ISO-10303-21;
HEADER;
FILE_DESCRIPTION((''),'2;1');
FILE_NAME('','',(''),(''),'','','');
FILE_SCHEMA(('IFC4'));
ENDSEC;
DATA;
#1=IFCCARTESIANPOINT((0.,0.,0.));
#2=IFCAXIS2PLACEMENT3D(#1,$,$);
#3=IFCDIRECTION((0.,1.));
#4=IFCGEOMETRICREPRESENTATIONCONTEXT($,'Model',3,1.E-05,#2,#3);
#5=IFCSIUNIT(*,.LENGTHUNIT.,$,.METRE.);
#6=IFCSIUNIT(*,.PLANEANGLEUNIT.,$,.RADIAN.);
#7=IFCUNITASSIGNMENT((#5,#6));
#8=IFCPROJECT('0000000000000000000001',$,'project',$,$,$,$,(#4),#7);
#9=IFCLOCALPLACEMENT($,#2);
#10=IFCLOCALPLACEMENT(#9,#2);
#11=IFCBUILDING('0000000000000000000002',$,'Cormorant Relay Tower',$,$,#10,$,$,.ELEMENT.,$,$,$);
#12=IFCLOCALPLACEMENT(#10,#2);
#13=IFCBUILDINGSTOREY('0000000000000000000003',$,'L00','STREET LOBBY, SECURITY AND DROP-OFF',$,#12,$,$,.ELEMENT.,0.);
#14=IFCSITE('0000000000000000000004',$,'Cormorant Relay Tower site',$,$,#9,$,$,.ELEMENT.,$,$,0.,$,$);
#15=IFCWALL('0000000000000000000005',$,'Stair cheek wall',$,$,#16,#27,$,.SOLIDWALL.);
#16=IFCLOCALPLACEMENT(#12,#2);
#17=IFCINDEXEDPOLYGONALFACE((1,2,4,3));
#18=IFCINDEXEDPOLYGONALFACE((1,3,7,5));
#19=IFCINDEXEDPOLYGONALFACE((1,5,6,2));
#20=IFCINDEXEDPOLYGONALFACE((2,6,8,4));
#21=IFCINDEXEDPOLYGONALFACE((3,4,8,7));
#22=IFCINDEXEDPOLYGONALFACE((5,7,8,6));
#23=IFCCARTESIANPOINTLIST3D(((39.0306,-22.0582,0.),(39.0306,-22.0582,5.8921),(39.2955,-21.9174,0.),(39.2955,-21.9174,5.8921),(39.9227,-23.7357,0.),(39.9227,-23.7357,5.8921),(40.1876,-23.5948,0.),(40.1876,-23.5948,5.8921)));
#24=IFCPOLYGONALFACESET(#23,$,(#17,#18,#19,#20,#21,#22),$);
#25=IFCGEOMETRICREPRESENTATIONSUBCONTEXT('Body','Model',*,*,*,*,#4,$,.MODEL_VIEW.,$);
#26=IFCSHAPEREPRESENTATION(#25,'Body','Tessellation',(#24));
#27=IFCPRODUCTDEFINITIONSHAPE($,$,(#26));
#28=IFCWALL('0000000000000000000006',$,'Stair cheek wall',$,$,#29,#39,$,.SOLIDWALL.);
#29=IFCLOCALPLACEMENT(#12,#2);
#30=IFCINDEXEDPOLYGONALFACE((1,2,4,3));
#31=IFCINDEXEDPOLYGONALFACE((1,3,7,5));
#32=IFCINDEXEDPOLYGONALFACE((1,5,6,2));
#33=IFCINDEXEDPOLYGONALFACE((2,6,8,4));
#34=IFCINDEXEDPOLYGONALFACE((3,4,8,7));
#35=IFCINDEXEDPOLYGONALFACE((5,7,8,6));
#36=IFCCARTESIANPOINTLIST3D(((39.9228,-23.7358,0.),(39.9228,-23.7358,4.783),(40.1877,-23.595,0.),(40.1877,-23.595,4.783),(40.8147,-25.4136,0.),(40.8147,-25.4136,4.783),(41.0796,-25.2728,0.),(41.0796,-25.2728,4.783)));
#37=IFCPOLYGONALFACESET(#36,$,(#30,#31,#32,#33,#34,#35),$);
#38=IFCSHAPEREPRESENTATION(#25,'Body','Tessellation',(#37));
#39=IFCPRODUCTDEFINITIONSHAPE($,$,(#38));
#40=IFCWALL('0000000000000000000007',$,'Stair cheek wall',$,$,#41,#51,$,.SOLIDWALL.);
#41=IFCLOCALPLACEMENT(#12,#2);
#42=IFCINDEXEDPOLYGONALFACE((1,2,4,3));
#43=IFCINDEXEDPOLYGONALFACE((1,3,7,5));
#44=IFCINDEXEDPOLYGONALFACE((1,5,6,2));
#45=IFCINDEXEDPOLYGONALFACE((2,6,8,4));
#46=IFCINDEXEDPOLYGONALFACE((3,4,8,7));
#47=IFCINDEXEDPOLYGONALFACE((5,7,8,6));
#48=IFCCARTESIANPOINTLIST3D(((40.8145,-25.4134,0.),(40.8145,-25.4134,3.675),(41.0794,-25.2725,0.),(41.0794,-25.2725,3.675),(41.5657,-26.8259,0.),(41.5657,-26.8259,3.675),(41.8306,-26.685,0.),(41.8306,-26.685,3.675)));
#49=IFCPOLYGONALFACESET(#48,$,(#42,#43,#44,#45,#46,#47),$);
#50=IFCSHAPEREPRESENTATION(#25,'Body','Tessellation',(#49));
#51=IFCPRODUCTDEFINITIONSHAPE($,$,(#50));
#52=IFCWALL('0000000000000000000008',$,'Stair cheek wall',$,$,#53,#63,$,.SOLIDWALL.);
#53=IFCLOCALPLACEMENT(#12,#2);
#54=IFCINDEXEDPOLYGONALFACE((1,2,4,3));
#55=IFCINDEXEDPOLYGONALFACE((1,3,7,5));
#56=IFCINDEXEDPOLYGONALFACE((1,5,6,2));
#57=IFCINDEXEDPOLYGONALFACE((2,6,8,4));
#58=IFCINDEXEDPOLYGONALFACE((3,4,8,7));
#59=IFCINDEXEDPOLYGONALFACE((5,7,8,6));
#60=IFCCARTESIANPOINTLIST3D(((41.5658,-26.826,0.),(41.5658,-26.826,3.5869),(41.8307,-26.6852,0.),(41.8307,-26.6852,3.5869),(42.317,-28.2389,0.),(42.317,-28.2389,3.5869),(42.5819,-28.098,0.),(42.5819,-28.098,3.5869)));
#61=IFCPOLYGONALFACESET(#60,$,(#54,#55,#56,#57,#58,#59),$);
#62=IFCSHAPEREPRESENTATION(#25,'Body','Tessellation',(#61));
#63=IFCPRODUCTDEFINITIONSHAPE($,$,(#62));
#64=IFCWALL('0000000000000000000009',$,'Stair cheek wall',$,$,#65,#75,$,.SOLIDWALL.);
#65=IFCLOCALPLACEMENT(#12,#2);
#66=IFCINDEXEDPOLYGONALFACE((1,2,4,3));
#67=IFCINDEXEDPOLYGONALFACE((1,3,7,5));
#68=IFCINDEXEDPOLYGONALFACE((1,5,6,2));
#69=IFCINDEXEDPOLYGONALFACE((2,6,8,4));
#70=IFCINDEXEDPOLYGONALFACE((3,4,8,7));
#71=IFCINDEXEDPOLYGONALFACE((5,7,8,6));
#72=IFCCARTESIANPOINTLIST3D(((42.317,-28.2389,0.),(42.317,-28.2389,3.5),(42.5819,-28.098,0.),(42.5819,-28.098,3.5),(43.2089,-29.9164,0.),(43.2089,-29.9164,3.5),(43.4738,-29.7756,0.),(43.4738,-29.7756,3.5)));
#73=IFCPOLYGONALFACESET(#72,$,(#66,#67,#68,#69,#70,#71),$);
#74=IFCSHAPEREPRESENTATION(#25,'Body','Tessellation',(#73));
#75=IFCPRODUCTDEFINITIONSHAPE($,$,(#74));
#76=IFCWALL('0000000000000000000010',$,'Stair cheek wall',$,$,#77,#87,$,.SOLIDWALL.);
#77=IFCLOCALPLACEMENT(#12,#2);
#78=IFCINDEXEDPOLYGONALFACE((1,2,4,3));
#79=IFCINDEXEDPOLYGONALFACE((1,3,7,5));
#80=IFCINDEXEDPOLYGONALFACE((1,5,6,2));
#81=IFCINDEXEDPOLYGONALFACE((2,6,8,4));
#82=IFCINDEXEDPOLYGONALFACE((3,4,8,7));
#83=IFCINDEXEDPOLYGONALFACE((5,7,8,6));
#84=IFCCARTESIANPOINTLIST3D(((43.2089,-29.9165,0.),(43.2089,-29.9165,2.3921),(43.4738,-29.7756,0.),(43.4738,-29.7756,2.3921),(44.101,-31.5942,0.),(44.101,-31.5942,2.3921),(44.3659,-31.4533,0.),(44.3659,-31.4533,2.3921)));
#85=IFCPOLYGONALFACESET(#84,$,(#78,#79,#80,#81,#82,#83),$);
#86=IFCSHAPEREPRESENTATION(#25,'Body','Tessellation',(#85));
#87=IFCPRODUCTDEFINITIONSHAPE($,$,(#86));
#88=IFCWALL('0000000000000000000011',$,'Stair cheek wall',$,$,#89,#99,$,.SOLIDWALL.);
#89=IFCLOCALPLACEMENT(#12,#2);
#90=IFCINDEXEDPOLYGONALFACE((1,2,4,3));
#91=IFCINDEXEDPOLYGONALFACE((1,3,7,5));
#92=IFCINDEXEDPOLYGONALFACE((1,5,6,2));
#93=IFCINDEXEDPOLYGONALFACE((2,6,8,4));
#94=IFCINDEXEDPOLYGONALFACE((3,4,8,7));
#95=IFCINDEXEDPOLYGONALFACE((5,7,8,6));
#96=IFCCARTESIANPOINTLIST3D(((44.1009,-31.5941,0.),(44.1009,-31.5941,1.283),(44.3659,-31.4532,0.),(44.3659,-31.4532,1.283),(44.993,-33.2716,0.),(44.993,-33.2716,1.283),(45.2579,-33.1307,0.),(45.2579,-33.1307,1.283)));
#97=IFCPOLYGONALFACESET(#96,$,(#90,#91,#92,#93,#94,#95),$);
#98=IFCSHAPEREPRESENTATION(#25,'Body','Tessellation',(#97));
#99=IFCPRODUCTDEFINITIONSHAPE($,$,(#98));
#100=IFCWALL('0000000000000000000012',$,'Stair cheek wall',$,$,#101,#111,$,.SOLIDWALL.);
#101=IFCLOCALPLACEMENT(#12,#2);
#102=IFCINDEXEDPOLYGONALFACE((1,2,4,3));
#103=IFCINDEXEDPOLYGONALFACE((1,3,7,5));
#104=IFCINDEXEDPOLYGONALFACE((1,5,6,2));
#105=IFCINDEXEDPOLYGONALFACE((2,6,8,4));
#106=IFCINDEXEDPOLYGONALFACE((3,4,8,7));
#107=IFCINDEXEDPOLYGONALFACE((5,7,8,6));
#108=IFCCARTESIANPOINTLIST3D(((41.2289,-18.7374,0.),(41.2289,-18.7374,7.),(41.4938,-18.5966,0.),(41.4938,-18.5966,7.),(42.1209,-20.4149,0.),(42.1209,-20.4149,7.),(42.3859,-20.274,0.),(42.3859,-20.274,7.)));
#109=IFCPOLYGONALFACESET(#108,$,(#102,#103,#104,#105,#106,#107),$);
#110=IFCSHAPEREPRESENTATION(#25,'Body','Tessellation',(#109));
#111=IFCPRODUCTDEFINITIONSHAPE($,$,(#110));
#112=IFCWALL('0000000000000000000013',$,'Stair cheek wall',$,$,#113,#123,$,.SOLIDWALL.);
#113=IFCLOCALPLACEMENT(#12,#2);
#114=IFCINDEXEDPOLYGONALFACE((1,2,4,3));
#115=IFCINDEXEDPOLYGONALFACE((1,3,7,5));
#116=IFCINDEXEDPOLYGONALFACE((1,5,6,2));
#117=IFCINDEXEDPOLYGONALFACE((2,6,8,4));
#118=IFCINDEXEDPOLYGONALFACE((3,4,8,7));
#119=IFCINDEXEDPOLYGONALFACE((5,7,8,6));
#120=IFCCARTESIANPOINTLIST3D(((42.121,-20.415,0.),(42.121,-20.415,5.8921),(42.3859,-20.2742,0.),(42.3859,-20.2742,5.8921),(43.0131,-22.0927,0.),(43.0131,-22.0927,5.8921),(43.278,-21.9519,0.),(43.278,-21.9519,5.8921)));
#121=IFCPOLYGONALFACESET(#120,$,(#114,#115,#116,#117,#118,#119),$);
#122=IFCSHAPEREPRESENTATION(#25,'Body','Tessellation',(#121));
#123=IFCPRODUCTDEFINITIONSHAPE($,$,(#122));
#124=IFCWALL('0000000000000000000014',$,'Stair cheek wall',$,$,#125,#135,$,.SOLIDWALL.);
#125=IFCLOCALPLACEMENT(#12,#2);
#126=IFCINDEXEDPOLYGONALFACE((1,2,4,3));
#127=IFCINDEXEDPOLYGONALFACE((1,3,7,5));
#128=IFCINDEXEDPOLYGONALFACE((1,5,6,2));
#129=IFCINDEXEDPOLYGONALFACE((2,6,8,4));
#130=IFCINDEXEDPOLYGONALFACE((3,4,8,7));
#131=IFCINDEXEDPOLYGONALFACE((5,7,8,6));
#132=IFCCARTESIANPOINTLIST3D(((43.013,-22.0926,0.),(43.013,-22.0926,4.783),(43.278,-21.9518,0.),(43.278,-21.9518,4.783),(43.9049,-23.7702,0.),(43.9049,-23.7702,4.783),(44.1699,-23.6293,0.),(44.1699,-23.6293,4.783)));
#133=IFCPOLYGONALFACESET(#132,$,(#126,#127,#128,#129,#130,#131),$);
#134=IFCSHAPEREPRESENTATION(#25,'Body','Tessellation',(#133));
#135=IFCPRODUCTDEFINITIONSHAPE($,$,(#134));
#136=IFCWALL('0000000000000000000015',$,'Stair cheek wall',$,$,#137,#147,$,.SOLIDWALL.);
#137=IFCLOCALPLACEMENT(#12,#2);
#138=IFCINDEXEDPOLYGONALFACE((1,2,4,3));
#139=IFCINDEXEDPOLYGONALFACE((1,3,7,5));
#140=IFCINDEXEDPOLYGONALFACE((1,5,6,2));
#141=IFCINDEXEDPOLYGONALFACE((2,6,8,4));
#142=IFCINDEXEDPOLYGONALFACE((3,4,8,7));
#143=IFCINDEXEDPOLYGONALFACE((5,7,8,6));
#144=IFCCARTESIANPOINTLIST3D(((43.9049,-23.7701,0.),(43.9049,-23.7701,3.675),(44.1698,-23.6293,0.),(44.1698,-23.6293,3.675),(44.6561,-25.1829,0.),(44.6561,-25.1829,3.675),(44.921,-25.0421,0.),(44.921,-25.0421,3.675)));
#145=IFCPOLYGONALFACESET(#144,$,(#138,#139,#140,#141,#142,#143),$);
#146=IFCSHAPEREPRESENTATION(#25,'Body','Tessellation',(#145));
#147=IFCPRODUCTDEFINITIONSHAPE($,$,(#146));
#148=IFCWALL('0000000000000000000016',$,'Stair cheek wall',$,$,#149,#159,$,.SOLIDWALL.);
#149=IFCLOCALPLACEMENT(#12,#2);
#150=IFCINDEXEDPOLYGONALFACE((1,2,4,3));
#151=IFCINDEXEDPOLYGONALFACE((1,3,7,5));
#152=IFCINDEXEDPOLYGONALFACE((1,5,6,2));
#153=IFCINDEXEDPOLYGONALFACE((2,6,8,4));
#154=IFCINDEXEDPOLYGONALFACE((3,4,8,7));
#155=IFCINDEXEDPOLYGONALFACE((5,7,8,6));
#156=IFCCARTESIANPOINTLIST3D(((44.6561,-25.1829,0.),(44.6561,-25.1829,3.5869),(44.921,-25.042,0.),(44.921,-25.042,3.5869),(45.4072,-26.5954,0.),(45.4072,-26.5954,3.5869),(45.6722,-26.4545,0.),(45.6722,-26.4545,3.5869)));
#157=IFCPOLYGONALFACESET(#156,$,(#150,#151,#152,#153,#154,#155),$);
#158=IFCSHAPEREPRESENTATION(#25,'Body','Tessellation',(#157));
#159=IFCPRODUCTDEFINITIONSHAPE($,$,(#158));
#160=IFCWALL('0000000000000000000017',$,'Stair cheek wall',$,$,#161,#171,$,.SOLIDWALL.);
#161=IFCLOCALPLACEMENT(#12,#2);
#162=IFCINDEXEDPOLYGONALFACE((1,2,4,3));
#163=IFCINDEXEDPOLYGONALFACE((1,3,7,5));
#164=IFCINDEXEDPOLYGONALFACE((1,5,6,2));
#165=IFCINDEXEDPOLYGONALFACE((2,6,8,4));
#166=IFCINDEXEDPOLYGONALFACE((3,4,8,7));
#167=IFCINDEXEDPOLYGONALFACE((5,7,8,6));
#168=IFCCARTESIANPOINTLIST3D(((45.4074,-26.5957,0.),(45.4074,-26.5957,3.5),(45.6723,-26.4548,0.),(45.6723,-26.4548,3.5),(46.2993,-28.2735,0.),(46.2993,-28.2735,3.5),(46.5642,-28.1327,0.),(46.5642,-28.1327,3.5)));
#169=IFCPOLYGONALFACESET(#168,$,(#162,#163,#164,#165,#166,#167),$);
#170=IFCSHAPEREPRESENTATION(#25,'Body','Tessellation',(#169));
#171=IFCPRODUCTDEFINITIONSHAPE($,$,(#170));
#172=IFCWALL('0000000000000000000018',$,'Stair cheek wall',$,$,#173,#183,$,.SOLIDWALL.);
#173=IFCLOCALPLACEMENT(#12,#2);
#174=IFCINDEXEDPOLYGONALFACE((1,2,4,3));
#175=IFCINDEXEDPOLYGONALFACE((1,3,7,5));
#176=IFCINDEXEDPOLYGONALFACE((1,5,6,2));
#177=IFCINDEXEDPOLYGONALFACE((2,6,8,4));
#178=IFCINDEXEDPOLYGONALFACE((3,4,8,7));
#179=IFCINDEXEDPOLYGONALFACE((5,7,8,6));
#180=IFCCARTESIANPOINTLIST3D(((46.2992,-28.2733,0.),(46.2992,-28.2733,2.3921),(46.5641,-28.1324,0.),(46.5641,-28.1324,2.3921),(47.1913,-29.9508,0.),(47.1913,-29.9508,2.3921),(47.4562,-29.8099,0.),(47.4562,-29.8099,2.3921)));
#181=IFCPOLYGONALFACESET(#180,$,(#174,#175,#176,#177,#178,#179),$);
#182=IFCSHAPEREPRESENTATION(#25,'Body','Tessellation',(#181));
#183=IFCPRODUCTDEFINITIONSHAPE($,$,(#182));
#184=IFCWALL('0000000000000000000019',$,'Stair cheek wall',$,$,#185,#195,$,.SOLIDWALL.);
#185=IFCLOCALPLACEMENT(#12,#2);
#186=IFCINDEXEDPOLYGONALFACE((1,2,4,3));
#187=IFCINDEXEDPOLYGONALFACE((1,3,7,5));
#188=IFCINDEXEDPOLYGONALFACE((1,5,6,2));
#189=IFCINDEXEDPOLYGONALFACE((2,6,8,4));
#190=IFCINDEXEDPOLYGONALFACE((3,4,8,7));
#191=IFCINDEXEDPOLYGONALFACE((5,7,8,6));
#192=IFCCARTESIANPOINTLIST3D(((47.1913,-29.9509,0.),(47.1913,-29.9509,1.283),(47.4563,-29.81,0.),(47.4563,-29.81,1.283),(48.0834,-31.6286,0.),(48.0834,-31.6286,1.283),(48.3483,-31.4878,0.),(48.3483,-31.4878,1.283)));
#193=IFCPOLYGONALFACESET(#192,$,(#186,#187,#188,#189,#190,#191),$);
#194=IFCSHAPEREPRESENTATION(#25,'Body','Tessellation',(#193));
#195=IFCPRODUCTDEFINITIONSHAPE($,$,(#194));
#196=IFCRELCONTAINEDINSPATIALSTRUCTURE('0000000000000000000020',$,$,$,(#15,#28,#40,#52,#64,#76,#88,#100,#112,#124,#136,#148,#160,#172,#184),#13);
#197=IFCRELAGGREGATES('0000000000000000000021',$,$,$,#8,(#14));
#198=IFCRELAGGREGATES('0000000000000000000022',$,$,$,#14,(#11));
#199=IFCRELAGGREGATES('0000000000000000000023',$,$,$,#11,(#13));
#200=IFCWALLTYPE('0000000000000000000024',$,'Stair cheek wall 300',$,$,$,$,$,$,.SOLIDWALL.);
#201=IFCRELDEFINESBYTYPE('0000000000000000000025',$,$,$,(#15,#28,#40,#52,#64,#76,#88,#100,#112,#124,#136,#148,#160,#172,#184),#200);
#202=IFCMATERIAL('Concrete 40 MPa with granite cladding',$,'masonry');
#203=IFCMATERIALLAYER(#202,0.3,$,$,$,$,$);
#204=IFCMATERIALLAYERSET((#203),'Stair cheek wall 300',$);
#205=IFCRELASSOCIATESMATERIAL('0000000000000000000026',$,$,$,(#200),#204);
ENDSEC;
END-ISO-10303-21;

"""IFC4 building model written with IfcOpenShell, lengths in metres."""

from ifc_helpers import new_model, si_unit, direction, frame, frame_2d, origin, place, context, subcontext, project, spatial, rectangle, extrude, material, layer, layer_set, type_object, element, save


model = new_model("IFC4")

# Units and contexts
model_context = context("Model", 3, precision=1e-05, world=origin(), true_north=direction((0.0, 1.0)))
body_context = subcontext(model_context, "Body", "Model", "MODEL_VIEW")
ifc_project = project(units=[si_unit("LENGTHUNIT", "METRE"), si_unit("PLANEANGLEUNIT", "RADIAN")], contexts=[model_context])

# Site, building, storey
site_placement = place(None, origin())
site = spatial("IfcSite", under=ifc_project, at=site_placement, Name="Cormorant Relay Tower site", CompositionType="ELEMENT", RefElevation=0.0)
building_placement = place(site_placement, origin())
building = spatial("IfcBuilding", under=site, at=building_placement, Name="Cormorant Relay Tower", CompositionType="ELEMENT")
storey_placement = place(building_placement, origin())
storey = spatial("IfcBuildingStorey", under=building, at=storey_placement, Name="L00", Description="STREET LOBBY, SECURITY AND DROP-OFF", CompositionType="ELEMENT", Elevation=0.0)

# Walls
ifc_material_1 = material(Name="Concrete 40 MPa with granite cladding", Category="masonry")
ifc_layer_1 = layer(ifc_material_1, 0.3)
ifc_layer_set_1 = layer_set([ifc_layer_1], Name="Stair cheek wall 300")
wall_type_1 = type_object("IfcWallType", Name="Stair cheek wall 300", PredefinedType="SOLIDWALL", material=ifc_layer_set_1)
wall_1_placement = place(storey_placement, frame((39.1631, -21.9878, 0.0), z_axis=(0.0, 0.0, 1.0), x_axis=(0.469534, -0.882914, 0.0)))
element("IfcWall", 1, at=wall_1_placement, inside=storey, type_object=wall_type_1, Name="Stair cheek wall", PredefinedType="SOLIDWALL", context=body_context, shape_type="SweptSolid", body=[
    extrude(rectangle(XDim=1.8999, YDim=0.3, at=frame_2d((0.95, 0.0))), origin(), (0.0, 0.0, 1.0), 5.8921),
])
wall_2_placement = place(storey_placement, frame((40.0552, -23.6653, 0.0), z_axis=(0.0, 0.0, 1.0), x_axis=(0.469381, -0.882996, 0.0)))
element("IfcWall", 2, at=wall_2_placement, inside=storey, type_object=wall_type_1, Name="Stair cheek wall", PredefinedType="SOLIDWALL", context=body_context, shape_type="SweptSolid", body=[
    extrude(rectangle(XDim=1.9001, YDim=0.3, at=frame_2d((0.9502, 0.0))), origin(), (0.0, 0.0, 1.0), 4.783),
])
wall_3_placement = place(storey_placement, frame((40.947, -25.343, 0.0), z_axis=(0.0, 0.0, 1.0), x_axis=(0.469535, -0.882914, 0.0)))
element("IfcWall", 3, at=wall_3_placement, inside=storey, type_object=wall_type_1, Name="Stair cheek wall", PredefinedType="SOLIDWALL", context=body_context, shape_type="SweptSolid", body=[
    extrude(rectangle(XDim=1.5999, YDim=0.3, at=frame_2d((0.7998, 0.0))), origin(), (0.0, 0.0, 1.0), 3.675),
])
wall_4_placement = place(storey_placement, frame((41.6982, -26.7556, 0.0), z_axis=(0.0, 0.0, 1.0), x_axis=(0.469471, -0.882948, 0.0)))
element("IfcWall", 4, at=wall_4_placement, inside=storey, type_object=wall_type_1, Name="Stair cheek wall", PredefinedType="SOLIDWALL", context=body_context, shape_type="SweptSolid", body=[
    extrude(rectangle(XDim=1.6001, YDim=0.3, at=frame_2d((0.8, 0.0))), origin(), (0.0, 0.0, 1.0), 3.5869),
])
wall_5_placement = place(storey_placement, frame((42.4495, -28.1685, 0.0), z_axis=(0.0, 0.0, 1.0), x_axis=(0.469434, -0.882968, 0.0)))
element("IfcWall", 5, at=wall_5_placement, inside=storey, type_object=wall_type_1, Name="Stair cheek wall", PredefinedType="SOLIDWALL", context=body_context, shape_type="SweptSolid", body=[
    extrude(rectangle(XDim=1.8999, YDim=0.3, at=frame_2d((0.95, 0.0))), origin(), (0.0, 0.0, 1.0), 3.5),
])
wall_6_placement = place(storey_placement, frame((43.3413, -29.8459, 0.0), z_axis=(0.0, 0.0, 1.0), x_axis=(0.469481, -0.882943, 0.0)))
element("IfcWall", 6, at=wall_6_placement, inside=storey, type_object=wall_type_1, Name="Stair cheek wall", PredefinedType="SOLIDWALL", context=body_context, shape_type="SweptSolid", body=[
    extrude(rectangle(XDim=1.9001, YDim=0.3, at=frame_2d((0.9502, 0.0))), origin(), (0.0, 0.0, 1.0), 2.3921),
])
wall_7_placement = place(storey_placement, frame((44.2334, -31.5237, 0.0), z_axis=(0.0, 0.0, 1.0), x_axis=(0.469534, -0.882914, 0.0)))
element("IfcWall", 7, at=wall_7_placement, inside=storey, type_object=wall_type_1, Name="Stair cheek wall", PredefinedType="SOLIDWALL", context=body_context, shape_type="SweptSolid", body=[
    extrude(rectangle(XDim=1.8999, YDim=0.3, at=frame_2d((0.95, 0.0))), origin(), (0.0, 0.0, 1.0), 1.283),
])
wall_8_placement = place(storey_placement, frame((41.3613, -18.667, 0.0), z_axis=(0.0, 0.0, 1.0), x_axis=(0.469534, -0.882914, 0.0)))
element("IfcWall", 8, at=wall_8_placement, inside=storey, type_object=wall_type_1, Name="Stair cheek wall", PredefinedType="SOLIDWALL", context=body_context, shape_type="SweptSolid", body=[
    extrude(rectangle(XDim=1.8999, YDim=0.3, at=frame_2d((0.95, 0.0))), origin(), (0.0, 0.0, 1.0), 7.0),
])
wall_9_placement = place(storey_placement, frame((42.2534, -20.3445, 0.0), z_axis=(0.0, 0.0, 1.0), x_axis=(0.469481, -0.882943, 0.0)))
element("IfcWall", 9, at=wall_9_placement, inside=storey, type_object=wall_type_1, Name="Stair cheek wall", PredefinedType="SOLIDWALL", context=body_context, shape_type="SweptSolid", body=[
    extrude(rectangle(XDim=1.9001, YDim=0.3, at=frame_2d((0.9502, 0.0))), origin(), (0.0, 0.0, 1.0), 5.8921),
])
wall_10_placement = place(storey_placement, frame((43.1455, -22.0222, 0.0), z_axis=(0.0, 0.0, 1.0), x_axis=(0.469434, -0.882968, 0.0)))
element("IfcWall", 10, at=wall_10_placement, inside=storey, type_object=wall_type_1, Name="Stair cheek wall", PredefinedType="SOLIDWALL", context=body_context, shape_type="SweptSolid", body=[
    extrude(rectangle(XDim=1.8999, YDim=0.3, at=frame_2d((0.95, 0.0))), origin(), (0.0, 0.0, 1.0), 4.783),
])
wall_11_placement = place(storey_placement, frame((44.0374, -23.6997, 0.0), z_axis=(0.0, 0.0, 1.0), x_axis=(0.469471, -0.882948, 0.0)))
element("IfcWall", 11, at=wall_11_placement, inside=storey, type_object=wall_type_1, Name="Stair cheek wall", PredefinedType="SOLIDWALL", context=body_context, shape_type="SweptSolid", body=[
    extrude(rectangle(XDim=1.6001, YDim=0.3, at=frame_2d((0.8, 0.0))), origin(), (0.0, 0.0, 1.0), 3.675),
])
wall_12_placement = place(storey_placement, frame((44.7886, -25.1125, 0.0), z_axis=(0.0, 0.0, 1.0), x_axis=(0.469535, -0.882914, 0.0)))
element("IfcWall", 12, at=wall_12_placement, inside=storey, type_object=wall_type_1, Name="Stair cheek wall", PredefinedType="SOLIDWALL", context=body_context, shape_type="SweptSolid", body=[
    extrude(rectangle(XDim=1.5999, YDim=0.3, at=frame_2d((0.7998, 0.0))), origin(), (0.0, 0.0, 1.0), 3.5869),
])
wall_13_placement = place(storey_placement, frame((45.5398, -26.5251, 0.0), z_axis=(0.0, 0.0, 1.0), x_axis=(0.469381, -0.882996, 0.0)))
element("IfcWall", 13, at=wall_13_placement, inside=storey, type_object=wall_type_1, Name="Stair cheek wall", PredefinedType="SOLIDWALL", context=body_context, shape_type="SweptSolid", body=[
    extrude(rectangle(XDim=1.9001, YDim=0.3, at=frame_2d((0.9502, 0.0))), origin(), (0.0, 0.0, 1.0), 3.5),
])
wall_14_placement = place(storey_placement, frame((46.4316, -28.2029, 0.0), z_axis=(0.0, 0.0, 1.0), x_axis=(0.469534, -0.882914, 0.0)))
element("IfcWall", 14, at=wall_14_placement, inside=storey, type_object=wall_type_1, Name="Stair cheek wall", PredefinedType="SOLIDWALL", context=body_context, shape_type="SweptSolid", body=[
    extrude(rectangle(XDim=1.8999, YDim=0.3, at=frame_2d((0.95, 0.0))), origin(), (0.0, 0.0, 1.0), 2.3921),
])
wall_15_placement = place(storey_placement, frame((47.3237, -29.8804, 0.0), z_axis=(0.0, 0.0, 1.0), x_axis=(0.469481, -0.882943, 0.0)))
element("IfcWall", 15, at=wall_15_placement, inside=storey, type_object=wall_type_1, Name="Stair cheek wall", PredefinedType="SOLIDWALL", context=body_context, shape_type="SweptSolid", body=[
    extrude(rectangle(XDim=1.9001, YDim=0.3, at=frame_2d((0.9502, 0.0))), origin(), (0.0, 0.0, 1.0), 1.283),
])

save(model, "model.ifc")
